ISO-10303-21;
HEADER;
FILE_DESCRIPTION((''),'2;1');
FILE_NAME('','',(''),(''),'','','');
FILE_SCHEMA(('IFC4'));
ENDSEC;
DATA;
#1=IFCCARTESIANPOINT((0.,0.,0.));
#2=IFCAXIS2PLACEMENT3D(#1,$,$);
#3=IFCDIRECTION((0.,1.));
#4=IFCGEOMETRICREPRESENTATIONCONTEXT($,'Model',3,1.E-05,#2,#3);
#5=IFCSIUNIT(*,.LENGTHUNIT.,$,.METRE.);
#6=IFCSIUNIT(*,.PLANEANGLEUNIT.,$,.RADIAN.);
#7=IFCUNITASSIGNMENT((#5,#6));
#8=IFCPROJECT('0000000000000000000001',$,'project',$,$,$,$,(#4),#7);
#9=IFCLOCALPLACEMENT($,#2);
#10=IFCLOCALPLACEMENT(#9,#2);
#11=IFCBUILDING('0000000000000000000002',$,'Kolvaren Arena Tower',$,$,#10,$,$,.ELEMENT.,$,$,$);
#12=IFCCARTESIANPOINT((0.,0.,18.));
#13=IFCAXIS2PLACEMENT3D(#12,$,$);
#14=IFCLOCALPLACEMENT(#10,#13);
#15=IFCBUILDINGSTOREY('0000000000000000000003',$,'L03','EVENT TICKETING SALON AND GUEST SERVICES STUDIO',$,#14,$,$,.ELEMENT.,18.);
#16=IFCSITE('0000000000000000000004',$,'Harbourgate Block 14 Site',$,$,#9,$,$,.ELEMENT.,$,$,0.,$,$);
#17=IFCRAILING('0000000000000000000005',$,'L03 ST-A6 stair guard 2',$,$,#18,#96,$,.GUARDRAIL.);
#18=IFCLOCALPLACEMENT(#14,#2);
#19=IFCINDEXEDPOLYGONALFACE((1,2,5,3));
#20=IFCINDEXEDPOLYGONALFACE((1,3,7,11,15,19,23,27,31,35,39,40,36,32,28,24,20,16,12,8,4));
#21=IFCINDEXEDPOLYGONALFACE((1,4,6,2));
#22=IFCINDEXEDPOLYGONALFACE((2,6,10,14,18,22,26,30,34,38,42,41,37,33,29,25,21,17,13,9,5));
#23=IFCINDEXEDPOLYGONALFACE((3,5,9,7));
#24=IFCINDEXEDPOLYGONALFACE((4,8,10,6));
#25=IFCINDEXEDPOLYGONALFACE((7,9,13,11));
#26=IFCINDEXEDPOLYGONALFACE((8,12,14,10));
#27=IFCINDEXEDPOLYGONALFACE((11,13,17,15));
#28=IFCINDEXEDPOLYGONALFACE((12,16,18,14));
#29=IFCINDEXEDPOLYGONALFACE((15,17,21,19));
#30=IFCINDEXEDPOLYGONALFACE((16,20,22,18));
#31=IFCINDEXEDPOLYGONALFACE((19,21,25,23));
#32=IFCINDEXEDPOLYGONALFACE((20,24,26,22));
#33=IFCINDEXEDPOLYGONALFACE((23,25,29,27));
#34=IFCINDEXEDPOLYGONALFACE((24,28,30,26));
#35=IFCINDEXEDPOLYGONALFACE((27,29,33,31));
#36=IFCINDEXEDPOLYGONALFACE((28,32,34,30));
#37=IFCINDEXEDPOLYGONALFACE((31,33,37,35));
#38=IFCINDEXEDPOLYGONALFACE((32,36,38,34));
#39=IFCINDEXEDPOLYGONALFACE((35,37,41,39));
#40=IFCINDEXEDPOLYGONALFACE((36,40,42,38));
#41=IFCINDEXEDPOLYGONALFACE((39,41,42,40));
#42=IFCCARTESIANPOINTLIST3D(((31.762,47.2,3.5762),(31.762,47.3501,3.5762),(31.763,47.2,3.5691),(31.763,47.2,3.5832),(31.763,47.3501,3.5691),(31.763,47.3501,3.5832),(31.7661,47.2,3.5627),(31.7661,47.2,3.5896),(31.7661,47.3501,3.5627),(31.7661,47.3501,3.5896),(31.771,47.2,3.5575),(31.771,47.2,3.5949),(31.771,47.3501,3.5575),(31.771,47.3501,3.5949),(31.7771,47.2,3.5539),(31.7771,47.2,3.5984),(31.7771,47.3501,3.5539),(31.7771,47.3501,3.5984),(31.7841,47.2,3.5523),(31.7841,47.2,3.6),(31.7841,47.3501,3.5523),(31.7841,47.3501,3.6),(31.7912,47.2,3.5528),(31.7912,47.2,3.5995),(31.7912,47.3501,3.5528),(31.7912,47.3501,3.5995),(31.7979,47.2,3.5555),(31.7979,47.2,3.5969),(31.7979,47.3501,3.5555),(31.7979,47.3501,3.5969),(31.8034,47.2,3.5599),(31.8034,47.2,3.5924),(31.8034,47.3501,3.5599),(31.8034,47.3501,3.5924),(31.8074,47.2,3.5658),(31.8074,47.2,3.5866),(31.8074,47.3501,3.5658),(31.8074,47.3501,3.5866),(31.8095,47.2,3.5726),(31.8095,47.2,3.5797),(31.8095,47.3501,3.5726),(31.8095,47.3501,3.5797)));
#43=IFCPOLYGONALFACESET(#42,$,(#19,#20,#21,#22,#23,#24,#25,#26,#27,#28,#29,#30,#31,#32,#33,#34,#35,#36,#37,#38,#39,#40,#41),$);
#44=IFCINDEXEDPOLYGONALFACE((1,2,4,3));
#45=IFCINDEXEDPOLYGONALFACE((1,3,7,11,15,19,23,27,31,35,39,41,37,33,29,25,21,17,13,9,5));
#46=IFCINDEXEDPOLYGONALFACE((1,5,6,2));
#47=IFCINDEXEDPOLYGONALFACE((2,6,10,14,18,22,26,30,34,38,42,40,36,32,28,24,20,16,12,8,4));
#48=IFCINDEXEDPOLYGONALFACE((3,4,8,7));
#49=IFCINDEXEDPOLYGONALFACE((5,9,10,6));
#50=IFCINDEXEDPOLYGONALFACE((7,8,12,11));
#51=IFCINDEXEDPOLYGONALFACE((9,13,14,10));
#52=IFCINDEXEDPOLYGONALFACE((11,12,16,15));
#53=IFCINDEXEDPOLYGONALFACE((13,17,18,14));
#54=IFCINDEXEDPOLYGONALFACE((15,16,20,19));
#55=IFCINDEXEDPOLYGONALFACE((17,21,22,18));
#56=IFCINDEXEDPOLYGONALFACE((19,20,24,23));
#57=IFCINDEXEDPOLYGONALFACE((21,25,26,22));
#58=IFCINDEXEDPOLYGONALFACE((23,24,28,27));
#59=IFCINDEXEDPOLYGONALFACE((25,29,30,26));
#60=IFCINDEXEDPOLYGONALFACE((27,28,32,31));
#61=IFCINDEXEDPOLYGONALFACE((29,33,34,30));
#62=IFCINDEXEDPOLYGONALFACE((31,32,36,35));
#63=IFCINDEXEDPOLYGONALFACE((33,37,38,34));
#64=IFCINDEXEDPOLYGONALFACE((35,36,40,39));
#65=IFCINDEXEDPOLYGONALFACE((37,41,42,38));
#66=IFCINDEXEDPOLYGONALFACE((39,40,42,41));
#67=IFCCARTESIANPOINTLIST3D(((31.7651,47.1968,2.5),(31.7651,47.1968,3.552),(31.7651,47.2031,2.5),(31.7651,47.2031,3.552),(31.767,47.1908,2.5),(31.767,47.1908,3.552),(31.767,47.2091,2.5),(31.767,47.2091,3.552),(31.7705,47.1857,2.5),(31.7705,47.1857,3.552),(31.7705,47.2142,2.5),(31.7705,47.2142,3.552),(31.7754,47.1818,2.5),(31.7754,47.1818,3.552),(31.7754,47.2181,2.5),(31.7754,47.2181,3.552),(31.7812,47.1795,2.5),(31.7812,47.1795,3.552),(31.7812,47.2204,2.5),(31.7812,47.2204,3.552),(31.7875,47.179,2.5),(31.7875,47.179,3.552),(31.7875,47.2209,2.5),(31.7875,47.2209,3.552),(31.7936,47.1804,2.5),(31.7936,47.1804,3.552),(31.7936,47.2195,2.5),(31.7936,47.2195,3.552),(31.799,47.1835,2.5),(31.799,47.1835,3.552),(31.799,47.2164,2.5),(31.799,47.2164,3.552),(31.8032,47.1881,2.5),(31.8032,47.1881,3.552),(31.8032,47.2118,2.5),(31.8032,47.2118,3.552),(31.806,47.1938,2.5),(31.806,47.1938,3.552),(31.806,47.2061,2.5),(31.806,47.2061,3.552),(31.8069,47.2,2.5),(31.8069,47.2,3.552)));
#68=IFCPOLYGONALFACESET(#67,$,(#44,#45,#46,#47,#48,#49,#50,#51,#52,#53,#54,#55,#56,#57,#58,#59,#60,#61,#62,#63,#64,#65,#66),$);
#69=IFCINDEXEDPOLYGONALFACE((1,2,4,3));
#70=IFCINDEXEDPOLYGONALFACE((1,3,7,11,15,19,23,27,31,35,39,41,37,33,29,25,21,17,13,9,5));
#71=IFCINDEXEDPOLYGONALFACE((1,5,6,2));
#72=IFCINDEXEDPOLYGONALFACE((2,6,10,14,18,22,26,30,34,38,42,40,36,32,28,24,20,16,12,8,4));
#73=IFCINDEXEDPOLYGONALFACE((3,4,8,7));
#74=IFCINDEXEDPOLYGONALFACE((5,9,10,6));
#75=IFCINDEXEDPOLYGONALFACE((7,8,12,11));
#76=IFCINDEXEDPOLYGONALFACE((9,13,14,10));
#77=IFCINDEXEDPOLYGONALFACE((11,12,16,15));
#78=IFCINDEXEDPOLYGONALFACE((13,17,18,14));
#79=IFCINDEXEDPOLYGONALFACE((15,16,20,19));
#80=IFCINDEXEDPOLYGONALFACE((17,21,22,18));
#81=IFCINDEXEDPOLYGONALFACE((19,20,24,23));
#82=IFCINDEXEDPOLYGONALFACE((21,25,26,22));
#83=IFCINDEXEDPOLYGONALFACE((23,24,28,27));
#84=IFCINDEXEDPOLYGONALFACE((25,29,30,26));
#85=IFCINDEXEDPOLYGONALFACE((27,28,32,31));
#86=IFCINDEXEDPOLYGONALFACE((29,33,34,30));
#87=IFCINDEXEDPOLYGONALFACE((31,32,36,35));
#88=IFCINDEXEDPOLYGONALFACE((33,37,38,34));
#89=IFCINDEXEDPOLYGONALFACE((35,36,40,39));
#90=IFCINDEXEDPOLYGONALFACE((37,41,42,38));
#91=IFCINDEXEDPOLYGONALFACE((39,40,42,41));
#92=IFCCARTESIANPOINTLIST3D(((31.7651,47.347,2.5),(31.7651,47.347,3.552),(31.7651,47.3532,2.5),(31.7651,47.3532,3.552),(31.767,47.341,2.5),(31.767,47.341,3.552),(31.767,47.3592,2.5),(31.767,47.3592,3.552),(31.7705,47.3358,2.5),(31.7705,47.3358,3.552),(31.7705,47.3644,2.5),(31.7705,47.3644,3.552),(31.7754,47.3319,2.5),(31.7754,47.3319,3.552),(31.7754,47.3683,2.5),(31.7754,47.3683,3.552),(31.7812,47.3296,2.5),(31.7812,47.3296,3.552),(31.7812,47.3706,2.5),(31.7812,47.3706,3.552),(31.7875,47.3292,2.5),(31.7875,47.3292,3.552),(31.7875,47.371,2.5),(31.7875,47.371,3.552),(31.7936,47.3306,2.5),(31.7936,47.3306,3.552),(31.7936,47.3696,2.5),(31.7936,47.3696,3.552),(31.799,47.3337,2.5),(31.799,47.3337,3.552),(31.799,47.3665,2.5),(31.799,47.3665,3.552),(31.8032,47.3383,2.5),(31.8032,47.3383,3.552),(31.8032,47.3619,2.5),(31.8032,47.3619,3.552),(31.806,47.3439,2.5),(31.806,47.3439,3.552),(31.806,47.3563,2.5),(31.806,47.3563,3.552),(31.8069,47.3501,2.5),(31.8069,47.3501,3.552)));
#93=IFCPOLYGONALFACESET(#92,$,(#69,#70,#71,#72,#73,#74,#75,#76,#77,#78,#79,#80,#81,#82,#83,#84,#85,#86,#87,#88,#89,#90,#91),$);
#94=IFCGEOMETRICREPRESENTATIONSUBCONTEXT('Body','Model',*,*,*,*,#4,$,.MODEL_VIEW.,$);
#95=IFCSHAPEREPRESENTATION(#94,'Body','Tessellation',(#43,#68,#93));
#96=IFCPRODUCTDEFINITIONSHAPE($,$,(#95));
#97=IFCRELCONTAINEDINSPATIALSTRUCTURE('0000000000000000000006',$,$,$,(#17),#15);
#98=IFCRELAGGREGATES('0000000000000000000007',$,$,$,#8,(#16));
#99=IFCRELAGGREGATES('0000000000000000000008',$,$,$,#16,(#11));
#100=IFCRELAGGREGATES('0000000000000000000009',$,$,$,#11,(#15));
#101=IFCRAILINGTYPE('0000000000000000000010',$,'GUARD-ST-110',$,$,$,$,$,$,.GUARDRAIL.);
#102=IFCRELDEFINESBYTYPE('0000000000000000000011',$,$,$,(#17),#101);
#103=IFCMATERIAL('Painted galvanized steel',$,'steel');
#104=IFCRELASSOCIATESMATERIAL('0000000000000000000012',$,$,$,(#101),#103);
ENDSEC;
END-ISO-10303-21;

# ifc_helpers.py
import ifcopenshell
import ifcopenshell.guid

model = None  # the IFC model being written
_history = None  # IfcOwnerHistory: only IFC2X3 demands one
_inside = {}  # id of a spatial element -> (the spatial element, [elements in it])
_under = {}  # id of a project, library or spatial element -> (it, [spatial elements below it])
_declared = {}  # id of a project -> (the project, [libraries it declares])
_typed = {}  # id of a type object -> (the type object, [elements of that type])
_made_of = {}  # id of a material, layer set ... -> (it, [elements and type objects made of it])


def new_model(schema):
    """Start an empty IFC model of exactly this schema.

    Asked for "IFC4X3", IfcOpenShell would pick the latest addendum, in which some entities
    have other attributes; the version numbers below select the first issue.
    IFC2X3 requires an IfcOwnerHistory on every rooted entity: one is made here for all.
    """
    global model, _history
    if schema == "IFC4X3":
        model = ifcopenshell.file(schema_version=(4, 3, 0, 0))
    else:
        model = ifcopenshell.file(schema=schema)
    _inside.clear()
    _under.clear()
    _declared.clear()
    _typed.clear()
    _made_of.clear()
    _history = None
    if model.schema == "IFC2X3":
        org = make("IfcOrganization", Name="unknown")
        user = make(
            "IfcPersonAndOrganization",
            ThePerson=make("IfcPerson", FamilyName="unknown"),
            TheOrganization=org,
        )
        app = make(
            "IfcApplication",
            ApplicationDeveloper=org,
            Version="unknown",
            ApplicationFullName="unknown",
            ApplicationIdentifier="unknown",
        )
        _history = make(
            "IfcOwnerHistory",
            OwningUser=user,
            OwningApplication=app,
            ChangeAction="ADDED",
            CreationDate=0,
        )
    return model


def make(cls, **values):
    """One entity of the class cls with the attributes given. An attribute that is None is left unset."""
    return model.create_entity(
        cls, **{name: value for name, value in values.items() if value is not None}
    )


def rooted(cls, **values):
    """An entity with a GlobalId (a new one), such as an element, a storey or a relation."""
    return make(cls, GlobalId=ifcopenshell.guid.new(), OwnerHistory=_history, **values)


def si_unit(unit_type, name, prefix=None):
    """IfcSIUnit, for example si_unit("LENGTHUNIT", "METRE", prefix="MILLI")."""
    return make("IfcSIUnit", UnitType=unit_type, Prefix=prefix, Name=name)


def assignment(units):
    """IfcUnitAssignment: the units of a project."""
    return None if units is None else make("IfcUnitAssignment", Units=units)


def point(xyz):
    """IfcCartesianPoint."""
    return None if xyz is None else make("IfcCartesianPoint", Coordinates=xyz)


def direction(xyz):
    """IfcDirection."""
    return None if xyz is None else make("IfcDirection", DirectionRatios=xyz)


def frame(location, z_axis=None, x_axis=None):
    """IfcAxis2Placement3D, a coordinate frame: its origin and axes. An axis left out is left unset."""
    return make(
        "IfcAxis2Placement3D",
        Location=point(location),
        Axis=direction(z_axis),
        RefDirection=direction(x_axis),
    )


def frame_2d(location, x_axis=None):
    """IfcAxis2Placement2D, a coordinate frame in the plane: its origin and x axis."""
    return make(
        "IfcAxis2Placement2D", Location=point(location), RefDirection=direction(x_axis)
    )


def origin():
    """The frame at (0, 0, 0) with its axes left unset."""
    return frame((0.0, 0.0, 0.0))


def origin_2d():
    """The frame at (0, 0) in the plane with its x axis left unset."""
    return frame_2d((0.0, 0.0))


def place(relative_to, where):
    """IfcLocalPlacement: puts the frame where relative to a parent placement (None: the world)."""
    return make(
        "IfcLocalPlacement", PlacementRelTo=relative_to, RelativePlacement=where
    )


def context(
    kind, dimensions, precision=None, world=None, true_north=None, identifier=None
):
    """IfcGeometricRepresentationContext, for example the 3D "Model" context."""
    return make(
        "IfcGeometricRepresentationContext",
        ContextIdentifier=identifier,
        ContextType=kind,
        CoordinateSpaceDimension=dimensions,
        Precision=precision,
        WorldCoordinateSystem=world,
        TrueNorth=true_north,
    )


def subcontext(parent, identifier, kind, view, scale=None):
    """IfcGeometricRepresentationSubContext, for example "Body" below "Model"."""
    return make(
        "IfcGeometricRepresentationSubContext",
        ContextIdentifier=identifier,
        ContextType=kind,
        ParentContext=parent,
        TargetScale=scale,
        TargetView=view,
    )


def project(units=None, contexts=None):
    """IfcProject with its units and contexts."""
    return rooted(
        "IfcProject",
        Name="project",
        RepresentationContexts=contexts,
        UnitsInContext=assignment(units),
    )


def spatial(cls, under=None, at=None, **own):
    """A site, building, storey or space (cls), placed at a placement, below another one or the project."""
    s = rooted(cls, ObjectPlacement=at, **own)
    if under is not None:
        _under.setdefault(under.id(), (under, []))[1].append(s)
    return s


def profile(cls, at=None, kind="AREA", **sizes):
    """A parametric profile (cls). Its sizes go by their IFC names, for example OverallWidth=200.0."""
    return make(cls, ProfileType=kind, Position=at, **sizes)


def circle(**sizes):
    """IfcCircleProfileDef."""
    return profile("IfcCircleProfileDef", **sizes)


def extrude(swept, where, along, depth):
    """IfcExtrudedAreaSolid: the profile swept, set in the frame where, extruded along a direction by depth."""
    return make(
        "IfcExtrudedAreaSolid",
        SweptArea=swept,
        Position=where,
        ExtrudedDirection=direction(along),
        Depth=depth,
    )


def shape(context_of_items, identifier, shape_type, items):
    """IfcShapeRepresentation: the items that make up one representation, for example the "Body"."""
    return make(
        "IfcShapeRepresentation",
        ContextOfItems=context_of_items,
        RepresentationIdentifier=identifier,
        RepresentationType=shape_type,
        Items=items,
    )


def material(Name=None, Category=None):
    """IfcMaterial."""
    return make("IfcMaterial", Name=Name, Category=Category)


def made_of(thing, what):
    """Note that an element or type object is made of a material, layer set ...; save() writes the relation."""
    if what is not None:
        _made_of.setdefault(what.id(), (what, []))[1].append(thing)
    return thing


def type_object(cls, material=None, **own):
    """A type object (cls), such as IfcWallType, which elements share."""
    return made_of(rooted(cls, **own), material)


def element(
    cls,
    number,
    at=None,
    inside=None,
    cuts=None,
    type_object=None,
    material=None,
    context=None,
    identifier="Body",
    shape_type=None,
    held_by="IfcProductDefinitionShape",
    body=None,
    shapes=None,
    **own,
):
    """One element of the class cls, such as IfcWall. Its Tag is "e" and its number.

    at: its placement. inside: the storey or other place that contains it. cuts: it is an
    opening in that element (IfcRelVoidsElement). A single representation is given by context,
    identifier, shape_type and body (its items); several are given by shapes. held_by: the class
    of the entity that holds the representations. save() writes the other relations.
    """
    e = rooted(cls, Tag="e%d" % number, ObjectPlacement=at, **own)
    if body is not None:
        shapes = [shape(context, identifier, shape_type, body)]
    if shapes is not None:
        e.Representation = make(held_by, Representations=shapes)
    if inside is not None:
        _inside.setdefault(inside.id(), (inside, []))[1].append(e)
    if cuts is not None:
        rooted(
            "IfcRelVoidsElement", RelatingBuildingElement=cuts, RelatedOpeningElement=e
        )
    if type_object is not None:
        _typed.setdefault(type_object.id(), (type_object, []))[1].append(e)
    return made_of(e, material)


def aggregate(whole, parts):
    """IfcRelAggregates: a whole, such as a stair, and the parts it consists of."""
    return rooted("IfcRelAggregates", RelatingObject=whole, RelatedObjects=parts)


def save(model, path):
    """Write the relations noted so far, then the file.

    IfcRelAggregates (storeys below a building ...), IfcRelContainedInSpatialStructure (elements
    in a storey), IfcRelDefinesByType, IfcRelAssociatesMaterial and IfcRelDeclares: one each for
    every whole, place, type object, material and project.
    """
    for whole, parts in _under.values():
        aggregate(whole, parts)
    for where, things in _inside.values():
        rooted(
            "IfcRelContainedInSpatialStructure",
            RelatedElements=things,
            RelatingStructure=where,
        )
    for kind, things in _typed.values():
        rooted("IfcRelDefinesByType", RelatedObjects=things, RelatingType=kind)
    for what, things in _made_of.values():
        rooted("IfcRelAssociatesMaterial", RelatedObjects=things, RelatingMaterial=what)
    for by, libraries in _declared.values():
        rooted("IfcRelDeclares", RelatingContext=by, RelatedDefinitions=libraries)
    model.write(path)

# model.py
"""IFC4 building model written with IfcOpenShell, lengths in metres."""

from ifc_helpers import new_model, si_unit, direction, frame, origin, origin_2d, place, context, subcontext, project, spatial, circle, extrude, material, type_object, element, save


model = new_model("IFC4")

# Units and contexts
model_context = context("Model", 3, precision=1e-05, world=origin(), true_north=direction((0.0, 1.0)))
body_context = subcontext(model_context, "Body", "Model", "MODEL_VIEW")
ifc_project = project(units=[si_unit("LENGTHUNIT", "METRE"), si_unit("PLANEANGLEUNIT", "RADIAN")], contexts=[model_context])

# Site, building, storey
site_placement = place(None, origin())
site = spatial("IfcSite", under=ifc_project, at=site_placement, Name="Harbourgate Block 14 Site", CompositionType="ELEMENT", RefElevation=0.0)
building_placement = place(site_placement, origin())
building = spatial("IfcBuilding", under=site, at=building_placement, Name="Kolvaren Arena Tower", CompositionType="ELEMENT")
storey_placement = place(building_placement, frame((0.0, 0.0, 18.0)))
storey = spatial("IfcBuildingStorey", under=building, at=storey_placement, Name="L03", Description="EVENT TICKETING SALON AND GUEST SERVICES STUDIO", CompositionType="ELEMENT", Elevation=18.0)

# Railing
ifc_material_1 = material(Name="Painted galvanized steel", Category="steel")
railing_type_1 = type_object("IfcRailingType", Name="GUARD-ST-110", PredefinedType="GUARDRAIL", material=ifc_material_1)
railing_1_placement = place(storey_placement, frame((31.7859, 47.2, 2.5)))
element("IfcRailing", 1, at=railing_1_placement, inside=storey, type_object=railing_type_1, Name="L03 ST-A6 stair guard 2", PredefinedType="GUARDRAIL", context=body_context, shape_type="SweptSolid", body=[
    extrude(circle(Radius=0.0239, at=origin_2d()), frame((0.0, 0.0, 1.0762), z_axis=(0.0, 1.0, 0.0), x_axis=(-1.0, 0.0, 0.0)), (0.0, 0.0, 1.0), 0.1501),
    extrude(circle(Radius=0.021, at=origin_2d()), origin(), (0.0, 0.0, 1.0), 1.052),
    extrude(circle(Radius=0.021, at=origin_2d()), frame((0.0, 0.1501, 0.0)), (0.0, 0.0, 1.0), 1.052),
])

save(model, "model.ifc")
